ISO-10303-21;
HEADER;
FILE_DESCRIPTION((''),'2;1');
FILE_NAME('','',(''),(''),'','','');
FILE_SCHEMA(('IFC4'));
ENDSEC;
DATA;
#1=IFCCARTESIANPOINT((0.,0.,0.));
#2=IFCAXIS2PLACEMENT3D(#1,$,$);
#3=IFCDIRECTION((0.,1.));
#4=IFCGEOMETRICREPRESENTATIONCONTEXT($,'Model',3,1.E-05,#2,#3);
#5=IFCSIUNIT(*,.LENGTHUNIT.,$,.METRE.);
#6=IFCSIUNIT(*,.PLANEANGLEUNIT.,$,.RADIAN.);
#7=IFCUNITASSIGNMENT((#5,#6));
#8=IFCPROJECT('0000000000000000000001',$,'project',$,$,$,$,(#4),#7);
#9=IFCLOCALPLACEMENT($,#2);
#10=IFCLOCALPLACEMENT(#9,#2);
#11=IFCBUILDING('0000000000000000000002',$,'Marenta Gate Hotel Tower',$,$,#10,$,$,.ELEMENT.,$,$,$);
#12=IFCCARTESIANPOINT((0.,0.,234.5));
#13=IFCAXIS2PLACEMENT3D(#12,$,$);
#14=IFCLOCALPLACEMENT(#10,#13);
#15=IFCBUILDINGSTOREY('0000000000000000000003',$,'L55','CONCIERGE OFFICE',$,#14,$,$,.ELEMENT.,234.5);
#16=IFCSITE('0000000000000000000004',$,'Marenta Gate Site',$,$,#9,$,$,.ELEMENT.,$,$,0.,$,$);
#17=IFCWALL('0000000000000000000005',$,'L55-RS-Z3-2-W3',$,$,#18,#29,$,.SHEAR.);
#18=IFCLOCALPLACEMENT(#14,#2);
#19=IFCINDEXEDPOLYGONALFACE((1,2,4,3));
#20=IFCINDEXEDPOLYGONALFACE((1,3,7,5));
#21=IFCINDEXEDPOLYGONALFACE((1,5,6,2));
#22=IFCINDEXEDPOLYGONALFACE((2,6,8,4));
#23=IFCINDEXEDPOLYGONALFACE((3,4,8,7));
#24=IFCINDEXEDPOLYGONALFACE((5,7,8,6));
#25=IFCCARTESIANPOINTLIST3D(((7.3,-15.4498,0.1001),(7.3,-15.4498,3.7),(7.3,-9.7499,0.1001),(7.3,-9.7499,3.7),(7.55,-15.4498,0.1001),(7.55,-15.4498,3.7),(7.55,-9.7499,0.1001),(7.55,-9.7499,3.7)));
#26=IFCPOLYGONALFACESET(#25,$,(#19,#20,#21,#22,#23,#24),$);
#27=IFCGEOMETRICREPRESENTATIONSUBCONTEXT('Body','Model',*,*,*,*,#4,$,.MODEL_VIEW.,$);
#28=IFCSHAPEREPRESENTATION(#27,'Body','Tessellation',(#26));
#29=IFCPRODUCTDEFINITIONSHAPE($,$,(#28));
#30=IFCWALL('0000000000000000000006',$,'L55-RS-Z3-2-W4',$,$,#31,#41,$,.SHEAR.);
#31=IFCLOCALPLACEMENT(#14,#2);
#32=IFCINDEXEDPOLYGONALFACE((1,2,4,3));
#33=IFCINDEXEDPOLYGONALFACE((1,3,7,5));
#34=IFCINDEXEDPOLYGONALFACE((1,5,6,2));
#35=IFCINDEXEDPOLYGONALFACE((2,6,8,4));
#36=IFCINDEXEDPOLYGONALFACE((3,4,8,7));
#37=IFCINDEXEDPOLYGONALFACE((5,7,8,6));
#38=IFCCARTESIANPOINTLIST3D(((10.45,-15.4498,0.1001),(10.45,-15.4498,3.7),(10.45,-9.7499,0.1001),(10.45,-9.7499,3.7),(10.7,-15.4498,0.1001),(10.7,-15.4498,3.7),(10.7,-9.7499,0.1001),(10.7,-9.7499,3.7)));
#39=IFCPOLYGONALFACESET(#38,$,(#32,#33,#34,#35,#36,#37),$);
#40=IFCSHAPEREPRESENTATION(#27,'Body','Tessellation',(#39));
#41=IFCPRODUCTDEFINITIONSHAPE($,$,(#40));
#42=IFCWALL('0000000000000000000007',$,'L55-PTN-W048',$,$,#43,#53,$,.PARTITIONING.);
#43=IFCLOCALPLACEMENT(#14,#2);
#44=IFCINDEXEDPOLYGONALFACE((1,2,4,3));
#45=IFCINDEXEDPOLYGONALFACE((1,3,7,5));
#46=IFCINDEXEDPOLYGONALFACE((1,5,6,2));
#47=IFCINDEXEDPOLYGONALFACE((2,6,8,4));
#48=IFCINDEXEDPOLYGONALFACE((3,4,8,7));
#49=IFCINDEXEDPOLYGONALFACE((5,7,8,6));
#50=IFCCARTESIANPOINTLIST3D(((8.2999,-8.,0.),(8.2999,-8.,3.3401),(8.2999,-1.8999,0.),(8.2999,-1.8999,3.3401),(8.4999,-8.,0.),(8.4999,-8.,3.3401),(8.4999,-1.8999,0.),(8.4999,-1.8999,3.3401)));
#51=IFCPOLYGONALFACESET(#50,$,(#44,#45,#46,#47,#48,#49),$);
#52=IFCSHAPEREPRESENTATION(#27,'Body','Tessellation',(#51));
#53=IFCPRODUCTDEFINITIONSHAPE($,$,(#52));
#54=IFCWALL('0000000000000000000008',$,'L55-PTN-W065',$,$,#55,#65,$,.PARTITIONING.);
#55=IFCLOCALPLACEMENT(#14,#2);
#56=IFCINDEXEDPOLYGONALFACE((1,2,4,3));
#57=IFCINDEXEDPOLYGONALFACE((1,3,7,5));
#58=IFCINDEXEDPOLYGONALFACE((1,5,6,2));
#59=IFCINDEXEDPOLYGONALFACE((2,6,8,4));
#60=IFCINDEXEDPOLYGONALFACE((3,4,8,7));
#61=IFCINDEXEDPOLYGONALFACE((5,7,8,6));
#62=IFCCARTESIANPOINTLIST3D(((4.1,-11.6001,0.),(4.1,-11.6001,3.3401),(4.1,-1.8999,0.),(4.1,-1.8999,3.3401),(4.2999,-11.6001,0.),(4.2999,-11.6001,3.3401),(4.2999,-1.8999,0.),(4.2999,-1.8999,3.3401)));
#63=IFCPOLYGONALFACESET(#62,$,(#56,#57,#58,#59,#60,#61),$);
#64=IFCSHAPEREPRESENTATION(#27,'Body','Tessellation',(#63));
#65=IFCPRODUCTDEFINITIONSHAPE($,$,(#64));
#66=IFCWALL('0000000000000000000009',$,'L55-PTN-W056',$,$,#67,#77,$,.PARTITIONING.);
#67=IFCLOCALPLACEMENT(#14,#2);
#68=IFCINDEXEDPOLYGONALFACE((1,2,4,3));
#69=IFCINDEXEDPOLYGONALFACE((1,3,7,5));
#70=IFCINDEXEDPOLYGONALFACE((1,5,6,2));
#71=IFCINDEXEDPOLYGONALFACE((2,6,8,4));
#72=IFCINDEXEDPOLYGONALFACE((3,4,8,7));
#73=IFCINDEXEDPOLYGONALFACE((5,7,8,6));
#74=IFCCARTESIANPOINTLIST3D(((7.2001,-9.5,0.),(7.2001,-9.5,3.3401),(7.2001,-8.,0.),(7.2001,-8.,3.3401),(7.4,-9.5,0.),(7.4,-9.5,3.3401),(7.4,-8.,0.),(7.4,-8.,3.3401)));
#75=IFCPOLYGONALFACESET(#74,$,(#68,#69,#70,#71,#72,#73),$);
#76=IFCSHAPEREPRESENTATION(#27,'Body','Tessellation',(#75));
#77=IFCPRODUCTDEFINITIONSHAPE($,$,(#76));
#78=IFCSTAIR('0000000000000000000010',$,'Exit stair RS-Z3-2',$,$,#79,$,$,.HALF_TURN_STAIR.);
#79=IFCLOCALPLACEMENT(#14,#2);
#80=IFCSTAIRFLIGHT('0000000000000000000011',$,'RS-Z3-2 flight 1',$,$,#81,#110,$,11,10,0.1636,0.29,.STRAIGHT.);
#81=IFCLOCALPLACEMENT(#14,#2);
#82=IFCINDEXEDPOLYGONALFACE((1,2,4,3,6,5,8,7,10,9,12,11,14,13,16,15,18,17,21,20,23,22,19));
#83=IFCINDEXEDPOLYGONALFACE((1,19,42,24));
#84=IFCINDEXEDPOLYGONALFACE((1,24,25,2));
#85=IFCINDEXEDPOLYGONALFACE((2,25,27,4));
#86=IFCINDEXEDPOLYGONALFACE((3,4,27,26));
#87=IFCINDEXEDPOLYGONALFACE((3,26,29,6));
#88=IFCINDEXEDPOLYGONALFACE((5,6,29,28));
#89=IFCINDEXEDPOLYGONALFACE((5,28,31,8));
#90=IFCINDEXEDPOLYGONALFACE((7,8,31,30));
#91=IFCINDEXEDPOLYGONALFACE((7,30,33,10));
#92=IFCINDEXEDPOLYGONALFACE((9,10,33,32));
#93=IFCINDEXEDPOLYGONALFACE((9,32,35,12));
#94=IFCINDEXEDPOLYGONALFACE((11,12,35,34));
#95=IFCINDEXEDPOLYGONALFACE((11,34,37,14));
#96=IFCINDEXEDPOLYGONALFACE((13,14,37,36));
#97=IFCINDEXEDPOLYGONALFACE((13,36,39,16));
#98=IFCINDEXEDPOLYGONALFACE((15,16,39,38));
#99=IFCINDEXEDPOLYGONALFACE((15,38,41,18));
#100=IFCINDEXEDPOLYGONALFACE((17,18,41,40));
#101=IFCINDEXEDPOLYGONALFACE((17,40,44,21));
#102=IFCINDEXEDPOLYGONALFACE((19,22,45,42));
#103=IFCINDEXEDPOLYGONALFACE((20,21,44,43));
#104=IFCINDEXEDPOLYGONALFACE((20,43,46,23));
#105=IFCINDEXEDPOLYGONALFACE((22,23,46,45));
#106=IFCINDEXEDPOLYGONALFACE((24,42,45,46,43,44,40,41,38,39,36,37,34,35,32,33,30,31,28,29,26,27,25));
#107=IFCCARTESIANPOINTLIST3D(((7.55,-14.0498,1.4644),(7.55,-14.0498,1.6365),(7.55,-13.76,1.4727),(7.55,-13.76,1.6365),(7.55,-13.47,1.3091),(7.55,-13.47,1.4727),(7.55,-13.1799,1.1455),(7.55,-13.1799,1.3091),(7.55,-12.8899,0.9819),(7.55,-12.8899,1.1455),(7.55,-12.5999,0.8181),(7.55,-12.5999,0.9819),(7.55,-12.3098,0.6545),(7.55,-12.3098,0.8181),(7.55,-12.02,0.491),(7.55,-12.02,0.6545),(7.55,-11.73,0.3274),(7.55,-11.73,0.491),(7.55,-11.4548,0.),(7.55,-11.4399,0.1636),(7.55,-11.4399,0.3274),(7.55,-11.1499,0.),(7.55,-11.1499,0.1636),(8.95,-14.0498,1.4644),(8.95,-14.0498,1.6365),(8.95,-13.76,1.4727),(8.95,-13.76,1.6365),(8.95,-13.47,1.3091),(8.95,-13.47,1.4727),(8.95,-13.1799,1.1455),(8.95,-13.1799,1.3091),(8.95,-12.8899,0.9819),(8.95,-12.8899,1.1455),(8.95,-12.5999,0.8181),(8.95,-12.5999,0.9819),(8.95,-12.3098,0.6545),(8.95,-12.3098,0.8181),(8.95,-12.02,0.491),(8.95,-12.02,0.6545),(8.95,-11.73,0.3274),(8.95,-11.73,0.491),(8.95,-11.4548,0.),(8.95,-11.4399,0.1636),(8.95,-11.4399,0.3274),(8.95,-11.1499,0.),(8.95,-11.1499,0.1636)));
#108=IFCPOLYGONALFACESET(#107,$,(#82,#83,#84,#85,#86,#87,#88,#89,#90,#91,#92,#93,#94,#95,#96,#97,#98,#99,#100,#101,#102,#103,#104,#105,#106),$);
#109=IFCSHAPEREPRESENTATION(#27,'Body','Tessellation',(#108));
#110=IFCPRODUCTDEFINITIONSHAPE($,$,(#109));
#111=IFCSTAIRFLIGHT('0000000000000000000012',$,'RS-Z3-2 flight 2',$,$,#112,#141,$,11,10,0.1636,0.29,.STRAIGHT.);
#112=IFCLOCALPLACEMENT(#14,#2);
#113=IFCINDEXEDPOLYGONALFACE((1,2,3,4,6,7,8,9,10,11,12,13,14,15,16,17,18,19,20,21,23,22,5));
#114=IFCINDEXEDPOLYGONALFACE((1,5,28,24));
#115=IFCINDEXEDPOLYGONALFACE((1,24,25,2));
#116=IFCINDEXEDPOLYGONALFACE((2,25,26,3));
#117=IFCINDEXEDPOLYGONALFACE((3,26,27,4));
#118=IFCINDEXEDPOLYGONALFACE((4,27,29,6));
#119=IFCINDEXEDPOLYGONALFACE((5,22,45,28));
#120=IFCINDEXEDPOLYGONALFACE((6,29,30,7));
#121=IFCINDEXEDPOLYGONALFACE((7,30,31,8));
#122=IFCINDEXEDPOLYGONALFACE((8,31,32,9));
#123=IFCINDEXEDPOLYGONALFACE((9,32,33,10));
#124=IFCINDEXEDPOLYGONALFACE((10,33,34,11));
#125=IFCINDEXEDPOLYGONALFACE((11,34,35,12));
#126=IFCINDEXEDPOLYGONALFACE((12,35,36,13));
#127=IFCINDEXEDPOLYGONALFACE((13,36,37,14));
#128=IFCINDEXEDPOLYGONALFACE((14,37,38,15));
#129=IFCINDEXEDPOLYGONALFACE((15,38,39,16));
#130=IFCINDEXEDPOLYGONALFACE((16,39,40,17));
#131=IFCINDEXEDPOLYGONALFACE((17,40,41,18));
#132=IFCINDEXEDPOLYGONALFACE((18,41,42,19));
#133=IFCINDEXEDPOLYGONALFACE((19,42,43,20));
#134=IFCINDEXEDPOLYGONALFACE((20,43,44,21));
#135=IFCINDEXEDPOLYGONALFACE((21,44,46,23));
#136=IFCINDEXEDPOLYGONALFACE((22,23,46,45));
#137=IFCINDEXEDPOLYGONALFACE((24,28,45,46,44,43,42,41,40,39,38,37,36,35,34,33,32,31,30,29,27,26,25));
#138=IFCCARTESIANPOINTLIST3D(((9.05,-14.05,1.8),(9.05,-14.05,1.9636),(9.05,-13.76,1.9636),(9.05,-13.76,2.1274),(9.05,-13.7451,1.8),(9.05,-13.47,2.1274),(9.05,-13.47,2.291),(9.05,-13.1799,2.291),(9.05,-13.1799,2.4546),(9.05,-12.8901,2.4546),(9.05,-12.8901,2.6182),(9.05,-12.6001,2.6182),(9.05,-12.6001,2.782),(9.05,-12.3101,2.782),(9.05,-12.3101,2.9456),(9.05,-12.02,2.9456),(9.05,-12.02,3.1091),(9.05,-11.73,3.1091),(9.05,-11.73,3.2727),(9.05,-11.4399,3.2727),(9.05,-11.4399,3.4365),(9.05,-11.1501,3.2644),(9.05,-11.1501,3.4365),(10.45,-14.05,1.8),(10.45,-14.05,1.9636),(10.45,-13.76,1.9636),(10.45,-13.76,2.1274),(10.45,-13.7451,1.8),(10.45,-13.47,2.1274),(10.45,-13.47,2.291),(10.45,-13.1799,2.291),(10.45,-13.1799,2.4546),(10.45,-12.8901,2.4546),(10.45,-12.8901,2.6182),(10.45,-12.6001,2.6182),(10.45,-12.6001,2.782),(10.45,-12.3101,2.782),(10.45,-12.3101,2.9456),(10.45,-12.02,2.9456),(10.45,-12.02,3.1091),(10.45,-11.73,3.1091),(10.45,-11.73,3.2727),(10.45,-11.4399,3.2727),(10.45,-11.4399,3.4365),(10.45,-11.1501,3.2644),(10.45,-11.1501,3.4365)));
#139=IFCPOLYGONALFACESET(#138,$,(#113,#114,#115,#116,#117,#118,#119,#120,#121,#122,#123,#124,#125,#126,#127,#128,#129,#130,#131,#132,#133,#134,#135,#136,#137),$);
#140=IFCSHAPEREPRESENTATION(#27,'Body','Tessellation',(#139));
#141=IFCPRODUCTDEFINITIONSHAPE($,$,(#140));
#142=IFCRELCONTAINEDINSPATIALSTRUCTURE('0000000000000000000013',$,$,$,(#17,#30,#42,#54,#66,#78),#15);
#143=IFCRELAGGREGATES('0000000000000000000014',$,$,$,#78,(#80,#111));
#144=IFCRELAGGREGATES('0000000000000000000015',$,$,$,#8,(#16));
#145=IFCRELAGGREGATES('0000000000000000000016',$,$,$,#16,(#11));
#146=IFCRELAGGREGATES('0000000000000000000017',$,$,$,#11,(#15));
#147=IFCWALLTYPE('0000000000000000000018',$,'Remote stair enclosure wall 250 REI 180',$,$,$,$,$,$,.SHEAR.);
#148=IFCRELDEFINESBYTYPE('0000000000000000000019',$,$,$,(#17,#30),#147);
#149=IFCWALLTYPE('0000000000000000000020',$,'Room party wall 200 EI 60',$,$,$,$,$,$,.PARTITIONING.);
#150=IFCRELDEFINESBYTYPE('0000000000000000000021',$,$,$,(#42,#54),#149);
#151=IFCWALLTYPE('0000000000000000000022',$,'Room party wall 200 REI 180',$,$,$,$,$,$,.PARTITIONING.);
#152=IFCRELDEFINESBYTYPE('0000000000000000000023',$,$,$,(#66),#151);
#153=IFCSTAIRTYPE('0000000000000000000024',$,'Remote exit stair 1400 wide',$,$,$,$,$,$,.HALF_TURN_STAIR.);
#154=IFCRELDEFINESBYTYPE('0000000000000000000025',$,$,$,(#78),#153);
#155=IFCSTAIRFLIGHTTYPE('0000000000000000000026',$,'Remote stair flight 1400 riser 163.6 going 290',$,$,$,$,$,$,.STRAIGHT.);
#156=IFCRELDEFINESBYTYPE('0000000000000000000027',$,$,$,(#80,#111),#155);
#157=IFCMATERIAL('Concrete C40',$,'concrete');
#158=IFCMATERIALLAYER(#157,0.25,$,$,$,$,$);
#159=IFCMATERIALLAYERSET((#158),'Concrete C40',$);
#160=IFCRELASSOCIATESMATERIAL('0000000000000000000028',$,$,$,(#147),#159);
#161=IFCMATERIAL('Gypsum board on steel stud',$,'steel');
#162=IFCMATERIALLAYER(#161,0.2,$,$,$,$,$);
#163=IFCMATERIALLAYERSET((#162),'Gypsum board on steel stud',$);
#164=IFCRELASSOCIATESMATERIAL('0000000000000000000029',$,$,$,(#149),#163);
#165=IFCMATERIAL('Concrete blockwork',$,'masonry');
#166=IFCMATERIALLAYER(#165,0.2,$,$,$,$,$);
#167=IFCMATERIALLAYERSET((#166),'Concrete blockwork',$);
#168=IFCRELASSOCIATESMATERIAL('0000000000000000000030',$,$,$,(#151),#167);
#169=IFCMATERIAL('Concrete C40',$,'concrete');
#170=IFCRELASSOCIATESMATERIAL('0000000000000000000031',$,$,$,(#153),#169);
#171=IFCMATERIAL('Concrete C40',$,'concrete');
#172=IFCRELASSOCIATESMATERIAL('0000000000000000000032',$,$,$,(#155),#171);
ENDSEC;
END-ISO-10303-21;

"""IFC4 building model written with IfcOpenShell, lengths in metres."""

from ifc_helpers import new_model, si_unit, direction, frame, frame_2d, origin, place, context, subcontext, project, spatial, polyline, rectangle, outline, extrude, material, layer, layer_set, type_object, element, aggregate, save


model = new_model("IFC4")

# Units and contexts
model_context = context("Model", 3, precision=1e-05, world=origin(), true_north=direction((0.0, 1.0)))
body_context = subcontext(model_context, "Body", "Model", "MODEL_VIEW")
ifc_project = project(units=[si_unit("LENGTHUNIT", "METRE"), si_unit("PLANEANGLEUNIT", "RADIAN")], contexts=[model_context])

# Site, building, storey
site_placement = place(None, origin())
site = spatial("IfcSite", under=ifc_project, at=site_placement, Name="Marenta Gate Site", CompositionType="ELEMENT", RefElevation=0.0)
building_placement = place(site_placement, origin())
building = spatial("IfcBuilding", under=site, at=building_placement, Name="Marenta Gate Hotel Tower", CompositionType="ELEMENT")
storey_placement = place(building_placement, frame((0.0, 0.0, 234.5)))
storey = spatial("IfcBuildingStorey", under=building, at=storey_placement, Name="L55", Description="CONCIERGE OFFICE", CompositionType="ELEMENT", Elevation=234.5)

# Shared definitions
ifc_material_1 = material(Name="Concrete C40", Category="concrete")
ifc_layer_1 = layer(ifc_material_1, 0.25)
ifc_layer_set_1 = layer_set([ifc_layer_1], Name="Concrete C40")
wall_type_1 = type_object("IfcWallType", Name="Remote stair enclosure wall 250 REI 180", PredefinedType="SHEAR", material=ifc_layer_set_1)

# Walls
for number, where, z_axis, x_axis, name in (
    (1, (7.425, -15.45, 0.1001), (0.0, 0.0, 1.0), (0.0, 1.0, 0.0), "L55-RS-Z3-2-W3"),
    (2, (10.575, -15.45, 0.1001), (0.0, 0.0, 1.0), (0.0, 1.0, 0.0), "L55-RS-Z3-2-W4"),
):
    element("IfcWall", number, at=place(storey_placement, frame(where, z_axis=z_axis, x_axis=x_axis)), inside=storey, type_object=wall_type_1, Name=name, PredefinedType="SHEAR", context=body_context, shape_type="SweptSolid", body=[
        extrude(rectangle(XDim=5.7, YDim=0.25, at=frame_2d((2.8501, 0.0))), origin(), (0.0, 0.0, 1.0), 3.5999),
    ])

# Walls
ifc_material_2 = material(Name="Gypsum board on steel stud", Category="steel")
ifc_layer_2 = layer(ifc_material_2, 0.2)
ifc_layer_set_2 = layer_set([ifc_layer_2], Name="Gypsum board on steel stud")
wall_type_2 = type_object("IfcWallType", Name="Room party wall 200 EI 60", PredefinedType="PARTITIONING", material=ifc_layer_set_2)
wall_1_placement = place(storey_placement, frame((8.3999, -8.0, 0.0), z_axis=(0.0, 0.0, 1.0), x_axis=(0.0, 1.0, 0.0)))
element("IfcWall", 3, at=wall_1_placement, inside=storey, type_object=wall_type_2, Name="L55-PTN-W048", PredefinedType="PARTITIONING", context=body_context, shape_type="SweptSolid", body=[
    extrude(rectangle(XDim=6.1001, YDim=0.2, at=frame_2d((3.05, 0.0))), origin(), (0.0, 0.0, 1.0), 3.3401),
])
wall_2_placement = place(storey_placement, frame((4.2, -11.6001, 0.0), z_axis=(0.0, 0.0, 1.0), x_axis=(0.0, 1.0, 0.0)))
element("IfcWall", 4, at=wall_2_placement, inside=storey, type_object=wall_type_2, Name="L55-PTN-W065", PredefinedType="PARTITIONING", context=body_context, shape_type="SweptSolid", body=[
    extrude(rectangle(XDim=9.7002, YDim=0.2, at=frame_2d((4.8501, 0.0))), origin(), (0.0, 0.0, 1.0), 3.3401),
])
ifc_material_3 = material(Name="Concrete blockwork", Category="masonry")
ifc_layer_3 = layer(ifc_material_3, 0.2)
ifc_layer_set_3 = layer_set([ifc_layer_3], Name="Concrete blockwork")
wall_type_3 = type_object("IfcWallType", Name="Room party wall 200 REI 180", PredefinedType="PARTITIONING", material=ifc_layer_set_3)
wall_3_placement = place(storey_placement, frame((7.3, -9.5, 0.0), z_axis=(0.0, 0.0, 1.0), x_axis=(0.0, 1.0, 0.0)))
element("IfcWall", 5, at=wall_3_placement, inside=storey, type_object=wall_type_3, Name="L55-PTN-W056", PredefinedType="PARTITIONING", context=body_context, shape_type="SweptSolid", body=[
    extrude(rectangle(XDim=1.5, YDim=0.2, at=frame_2d((0.75, 0.0))), origin(), (0.0, 0.0, 1.0), 3.3401),
])

# Stair, stair flights
ifc_material_4 = material(Name="Concrete C40", Category="concrete")
stair_type = type_object("IfcStairType", Name="Remote exit stair 1400 wide", PredefinedType="HALF_TURN_STAIR", material=ifc_material_4)
stair_placement = place(storey_placement, origin())
stair = element("IfcStair", 6, at=stair_placement, inside=storey, type_object=stair_type, Name="Exit stair RS-Z3-2", PredefinedType="HALF_TURN_STAIR")
ifc_material_5 = material(Name="Concrete C40", Category="concrete")
stair_flight_type = type_object("IfcStairFlightType", Name="Remote stair flight 1400 riser 163.6 going 290", PredefinedType="STRAIGHT", material=ifc_material_5)
stair_flight_1_placement = place(storey_placement, frame((8.25, -11.1499, 0.0), z_axis=(0.0, 0.0, 1.0), x_axis=(0.0, -1.0, 0.0)))
stair_flight_1 = element("IfcStairFlight", 7, at=stair_flight_1_placement, type_object=stair_flight_type, Name="RS-Z3-2 flight 1", NumberOfRisers=11, NumberOfTreads=10, PredefinedType="STRAIGHT", RiserHeight=0.1636, TreadLength=0.29, context=body_context, shape_type="SweptSolid", body=[
    extrude(outline(polyline([(0.0, 0.0), (0.0, 0.1636), (0.29, 0.1636), (0.29, 0.3274), (0.5801, 0.3274), (0.5801, 0.491), (0.8701, 0.491), (0.8701, 0.6545), (1.1599, 0.6545), (1.1599, 0.8181), (1.45, 0.8181), (1.45, 0.9819), (1.74, 0.9819), (1.74, 1.1455), (2.03, 1.1455), (2.03, 1.3091), (2.3201, 1.3091), (2.3201, 1.4727), (2.6101, 1.4727), (2.6101, 1.6365), (2.8999, 1.6365), (2.8999, 1.8), (2.8999, 1.4644), (0.3049, 0.0), (0.0, 0.0)])), frame((0.0, 0.7, 0.0), z_axis=(0.0, -1.0, 0.0), x_axis=(1.0, 0.0, 0.0)), (0.0, 0.0, 1.0), 1.3999),
])
stair_flight_2_placement = place(storey_placement, frame((9.75, -14.05, 1.8), z_axis=(0.0, 0.0, 1.0), x_axis=(0.0, 1.0, 0.0)))
stair_flight_2 = element("IfcStairFlight", 8, at=stair_flight_2_placement, type_object=stair_flight_type, Name="RS-Z3-2 flight 2", NumberOfRisers=11, NumberOfTreads=10, PredefinedType="STRAIGHT", RiserHeight=0.1636, TreadLength=0.29, context=body_context, shape_type="SweptSolid", body=[
    extrude(outline(polyline([(0.0, 0.0), (0.0, 0.1636), (0.29, 0.1636), (0.29, 0.3274), (0.5801, 0.3274), (0.5801, 0.491), (0.8701, 0.491), (0.8701, 0.6545), (1.1599, 0.6545), (1.1599, 0.8181), (1.45, 0.8181), (1.45, 0.9819), (1.74, 0.9819), (1.74, 1.1455), (2.03, 1.1455), (2.03, 1.3091), (2.3201, 1.3091), (2.3201, 1.4727), (2.6101, 1.4727), (2.6101, 1.6365), (2.8999, 1.6365), (2.8999, 1.8), (2.8999, 1.4644), (0.3049, 0.0), (0.0, 0.0)])), frame((0.0, 0.7, 0.0), z_axis=(0.0, -1.0, 0.0), x_axis=(1.0, 0.0, 0.0)), (0.0, 0.0, 1.0), 1.3999),
])
aggregate(stair, [stair_flight_1, stair_flight_2])

save(model, "model.ifc")
